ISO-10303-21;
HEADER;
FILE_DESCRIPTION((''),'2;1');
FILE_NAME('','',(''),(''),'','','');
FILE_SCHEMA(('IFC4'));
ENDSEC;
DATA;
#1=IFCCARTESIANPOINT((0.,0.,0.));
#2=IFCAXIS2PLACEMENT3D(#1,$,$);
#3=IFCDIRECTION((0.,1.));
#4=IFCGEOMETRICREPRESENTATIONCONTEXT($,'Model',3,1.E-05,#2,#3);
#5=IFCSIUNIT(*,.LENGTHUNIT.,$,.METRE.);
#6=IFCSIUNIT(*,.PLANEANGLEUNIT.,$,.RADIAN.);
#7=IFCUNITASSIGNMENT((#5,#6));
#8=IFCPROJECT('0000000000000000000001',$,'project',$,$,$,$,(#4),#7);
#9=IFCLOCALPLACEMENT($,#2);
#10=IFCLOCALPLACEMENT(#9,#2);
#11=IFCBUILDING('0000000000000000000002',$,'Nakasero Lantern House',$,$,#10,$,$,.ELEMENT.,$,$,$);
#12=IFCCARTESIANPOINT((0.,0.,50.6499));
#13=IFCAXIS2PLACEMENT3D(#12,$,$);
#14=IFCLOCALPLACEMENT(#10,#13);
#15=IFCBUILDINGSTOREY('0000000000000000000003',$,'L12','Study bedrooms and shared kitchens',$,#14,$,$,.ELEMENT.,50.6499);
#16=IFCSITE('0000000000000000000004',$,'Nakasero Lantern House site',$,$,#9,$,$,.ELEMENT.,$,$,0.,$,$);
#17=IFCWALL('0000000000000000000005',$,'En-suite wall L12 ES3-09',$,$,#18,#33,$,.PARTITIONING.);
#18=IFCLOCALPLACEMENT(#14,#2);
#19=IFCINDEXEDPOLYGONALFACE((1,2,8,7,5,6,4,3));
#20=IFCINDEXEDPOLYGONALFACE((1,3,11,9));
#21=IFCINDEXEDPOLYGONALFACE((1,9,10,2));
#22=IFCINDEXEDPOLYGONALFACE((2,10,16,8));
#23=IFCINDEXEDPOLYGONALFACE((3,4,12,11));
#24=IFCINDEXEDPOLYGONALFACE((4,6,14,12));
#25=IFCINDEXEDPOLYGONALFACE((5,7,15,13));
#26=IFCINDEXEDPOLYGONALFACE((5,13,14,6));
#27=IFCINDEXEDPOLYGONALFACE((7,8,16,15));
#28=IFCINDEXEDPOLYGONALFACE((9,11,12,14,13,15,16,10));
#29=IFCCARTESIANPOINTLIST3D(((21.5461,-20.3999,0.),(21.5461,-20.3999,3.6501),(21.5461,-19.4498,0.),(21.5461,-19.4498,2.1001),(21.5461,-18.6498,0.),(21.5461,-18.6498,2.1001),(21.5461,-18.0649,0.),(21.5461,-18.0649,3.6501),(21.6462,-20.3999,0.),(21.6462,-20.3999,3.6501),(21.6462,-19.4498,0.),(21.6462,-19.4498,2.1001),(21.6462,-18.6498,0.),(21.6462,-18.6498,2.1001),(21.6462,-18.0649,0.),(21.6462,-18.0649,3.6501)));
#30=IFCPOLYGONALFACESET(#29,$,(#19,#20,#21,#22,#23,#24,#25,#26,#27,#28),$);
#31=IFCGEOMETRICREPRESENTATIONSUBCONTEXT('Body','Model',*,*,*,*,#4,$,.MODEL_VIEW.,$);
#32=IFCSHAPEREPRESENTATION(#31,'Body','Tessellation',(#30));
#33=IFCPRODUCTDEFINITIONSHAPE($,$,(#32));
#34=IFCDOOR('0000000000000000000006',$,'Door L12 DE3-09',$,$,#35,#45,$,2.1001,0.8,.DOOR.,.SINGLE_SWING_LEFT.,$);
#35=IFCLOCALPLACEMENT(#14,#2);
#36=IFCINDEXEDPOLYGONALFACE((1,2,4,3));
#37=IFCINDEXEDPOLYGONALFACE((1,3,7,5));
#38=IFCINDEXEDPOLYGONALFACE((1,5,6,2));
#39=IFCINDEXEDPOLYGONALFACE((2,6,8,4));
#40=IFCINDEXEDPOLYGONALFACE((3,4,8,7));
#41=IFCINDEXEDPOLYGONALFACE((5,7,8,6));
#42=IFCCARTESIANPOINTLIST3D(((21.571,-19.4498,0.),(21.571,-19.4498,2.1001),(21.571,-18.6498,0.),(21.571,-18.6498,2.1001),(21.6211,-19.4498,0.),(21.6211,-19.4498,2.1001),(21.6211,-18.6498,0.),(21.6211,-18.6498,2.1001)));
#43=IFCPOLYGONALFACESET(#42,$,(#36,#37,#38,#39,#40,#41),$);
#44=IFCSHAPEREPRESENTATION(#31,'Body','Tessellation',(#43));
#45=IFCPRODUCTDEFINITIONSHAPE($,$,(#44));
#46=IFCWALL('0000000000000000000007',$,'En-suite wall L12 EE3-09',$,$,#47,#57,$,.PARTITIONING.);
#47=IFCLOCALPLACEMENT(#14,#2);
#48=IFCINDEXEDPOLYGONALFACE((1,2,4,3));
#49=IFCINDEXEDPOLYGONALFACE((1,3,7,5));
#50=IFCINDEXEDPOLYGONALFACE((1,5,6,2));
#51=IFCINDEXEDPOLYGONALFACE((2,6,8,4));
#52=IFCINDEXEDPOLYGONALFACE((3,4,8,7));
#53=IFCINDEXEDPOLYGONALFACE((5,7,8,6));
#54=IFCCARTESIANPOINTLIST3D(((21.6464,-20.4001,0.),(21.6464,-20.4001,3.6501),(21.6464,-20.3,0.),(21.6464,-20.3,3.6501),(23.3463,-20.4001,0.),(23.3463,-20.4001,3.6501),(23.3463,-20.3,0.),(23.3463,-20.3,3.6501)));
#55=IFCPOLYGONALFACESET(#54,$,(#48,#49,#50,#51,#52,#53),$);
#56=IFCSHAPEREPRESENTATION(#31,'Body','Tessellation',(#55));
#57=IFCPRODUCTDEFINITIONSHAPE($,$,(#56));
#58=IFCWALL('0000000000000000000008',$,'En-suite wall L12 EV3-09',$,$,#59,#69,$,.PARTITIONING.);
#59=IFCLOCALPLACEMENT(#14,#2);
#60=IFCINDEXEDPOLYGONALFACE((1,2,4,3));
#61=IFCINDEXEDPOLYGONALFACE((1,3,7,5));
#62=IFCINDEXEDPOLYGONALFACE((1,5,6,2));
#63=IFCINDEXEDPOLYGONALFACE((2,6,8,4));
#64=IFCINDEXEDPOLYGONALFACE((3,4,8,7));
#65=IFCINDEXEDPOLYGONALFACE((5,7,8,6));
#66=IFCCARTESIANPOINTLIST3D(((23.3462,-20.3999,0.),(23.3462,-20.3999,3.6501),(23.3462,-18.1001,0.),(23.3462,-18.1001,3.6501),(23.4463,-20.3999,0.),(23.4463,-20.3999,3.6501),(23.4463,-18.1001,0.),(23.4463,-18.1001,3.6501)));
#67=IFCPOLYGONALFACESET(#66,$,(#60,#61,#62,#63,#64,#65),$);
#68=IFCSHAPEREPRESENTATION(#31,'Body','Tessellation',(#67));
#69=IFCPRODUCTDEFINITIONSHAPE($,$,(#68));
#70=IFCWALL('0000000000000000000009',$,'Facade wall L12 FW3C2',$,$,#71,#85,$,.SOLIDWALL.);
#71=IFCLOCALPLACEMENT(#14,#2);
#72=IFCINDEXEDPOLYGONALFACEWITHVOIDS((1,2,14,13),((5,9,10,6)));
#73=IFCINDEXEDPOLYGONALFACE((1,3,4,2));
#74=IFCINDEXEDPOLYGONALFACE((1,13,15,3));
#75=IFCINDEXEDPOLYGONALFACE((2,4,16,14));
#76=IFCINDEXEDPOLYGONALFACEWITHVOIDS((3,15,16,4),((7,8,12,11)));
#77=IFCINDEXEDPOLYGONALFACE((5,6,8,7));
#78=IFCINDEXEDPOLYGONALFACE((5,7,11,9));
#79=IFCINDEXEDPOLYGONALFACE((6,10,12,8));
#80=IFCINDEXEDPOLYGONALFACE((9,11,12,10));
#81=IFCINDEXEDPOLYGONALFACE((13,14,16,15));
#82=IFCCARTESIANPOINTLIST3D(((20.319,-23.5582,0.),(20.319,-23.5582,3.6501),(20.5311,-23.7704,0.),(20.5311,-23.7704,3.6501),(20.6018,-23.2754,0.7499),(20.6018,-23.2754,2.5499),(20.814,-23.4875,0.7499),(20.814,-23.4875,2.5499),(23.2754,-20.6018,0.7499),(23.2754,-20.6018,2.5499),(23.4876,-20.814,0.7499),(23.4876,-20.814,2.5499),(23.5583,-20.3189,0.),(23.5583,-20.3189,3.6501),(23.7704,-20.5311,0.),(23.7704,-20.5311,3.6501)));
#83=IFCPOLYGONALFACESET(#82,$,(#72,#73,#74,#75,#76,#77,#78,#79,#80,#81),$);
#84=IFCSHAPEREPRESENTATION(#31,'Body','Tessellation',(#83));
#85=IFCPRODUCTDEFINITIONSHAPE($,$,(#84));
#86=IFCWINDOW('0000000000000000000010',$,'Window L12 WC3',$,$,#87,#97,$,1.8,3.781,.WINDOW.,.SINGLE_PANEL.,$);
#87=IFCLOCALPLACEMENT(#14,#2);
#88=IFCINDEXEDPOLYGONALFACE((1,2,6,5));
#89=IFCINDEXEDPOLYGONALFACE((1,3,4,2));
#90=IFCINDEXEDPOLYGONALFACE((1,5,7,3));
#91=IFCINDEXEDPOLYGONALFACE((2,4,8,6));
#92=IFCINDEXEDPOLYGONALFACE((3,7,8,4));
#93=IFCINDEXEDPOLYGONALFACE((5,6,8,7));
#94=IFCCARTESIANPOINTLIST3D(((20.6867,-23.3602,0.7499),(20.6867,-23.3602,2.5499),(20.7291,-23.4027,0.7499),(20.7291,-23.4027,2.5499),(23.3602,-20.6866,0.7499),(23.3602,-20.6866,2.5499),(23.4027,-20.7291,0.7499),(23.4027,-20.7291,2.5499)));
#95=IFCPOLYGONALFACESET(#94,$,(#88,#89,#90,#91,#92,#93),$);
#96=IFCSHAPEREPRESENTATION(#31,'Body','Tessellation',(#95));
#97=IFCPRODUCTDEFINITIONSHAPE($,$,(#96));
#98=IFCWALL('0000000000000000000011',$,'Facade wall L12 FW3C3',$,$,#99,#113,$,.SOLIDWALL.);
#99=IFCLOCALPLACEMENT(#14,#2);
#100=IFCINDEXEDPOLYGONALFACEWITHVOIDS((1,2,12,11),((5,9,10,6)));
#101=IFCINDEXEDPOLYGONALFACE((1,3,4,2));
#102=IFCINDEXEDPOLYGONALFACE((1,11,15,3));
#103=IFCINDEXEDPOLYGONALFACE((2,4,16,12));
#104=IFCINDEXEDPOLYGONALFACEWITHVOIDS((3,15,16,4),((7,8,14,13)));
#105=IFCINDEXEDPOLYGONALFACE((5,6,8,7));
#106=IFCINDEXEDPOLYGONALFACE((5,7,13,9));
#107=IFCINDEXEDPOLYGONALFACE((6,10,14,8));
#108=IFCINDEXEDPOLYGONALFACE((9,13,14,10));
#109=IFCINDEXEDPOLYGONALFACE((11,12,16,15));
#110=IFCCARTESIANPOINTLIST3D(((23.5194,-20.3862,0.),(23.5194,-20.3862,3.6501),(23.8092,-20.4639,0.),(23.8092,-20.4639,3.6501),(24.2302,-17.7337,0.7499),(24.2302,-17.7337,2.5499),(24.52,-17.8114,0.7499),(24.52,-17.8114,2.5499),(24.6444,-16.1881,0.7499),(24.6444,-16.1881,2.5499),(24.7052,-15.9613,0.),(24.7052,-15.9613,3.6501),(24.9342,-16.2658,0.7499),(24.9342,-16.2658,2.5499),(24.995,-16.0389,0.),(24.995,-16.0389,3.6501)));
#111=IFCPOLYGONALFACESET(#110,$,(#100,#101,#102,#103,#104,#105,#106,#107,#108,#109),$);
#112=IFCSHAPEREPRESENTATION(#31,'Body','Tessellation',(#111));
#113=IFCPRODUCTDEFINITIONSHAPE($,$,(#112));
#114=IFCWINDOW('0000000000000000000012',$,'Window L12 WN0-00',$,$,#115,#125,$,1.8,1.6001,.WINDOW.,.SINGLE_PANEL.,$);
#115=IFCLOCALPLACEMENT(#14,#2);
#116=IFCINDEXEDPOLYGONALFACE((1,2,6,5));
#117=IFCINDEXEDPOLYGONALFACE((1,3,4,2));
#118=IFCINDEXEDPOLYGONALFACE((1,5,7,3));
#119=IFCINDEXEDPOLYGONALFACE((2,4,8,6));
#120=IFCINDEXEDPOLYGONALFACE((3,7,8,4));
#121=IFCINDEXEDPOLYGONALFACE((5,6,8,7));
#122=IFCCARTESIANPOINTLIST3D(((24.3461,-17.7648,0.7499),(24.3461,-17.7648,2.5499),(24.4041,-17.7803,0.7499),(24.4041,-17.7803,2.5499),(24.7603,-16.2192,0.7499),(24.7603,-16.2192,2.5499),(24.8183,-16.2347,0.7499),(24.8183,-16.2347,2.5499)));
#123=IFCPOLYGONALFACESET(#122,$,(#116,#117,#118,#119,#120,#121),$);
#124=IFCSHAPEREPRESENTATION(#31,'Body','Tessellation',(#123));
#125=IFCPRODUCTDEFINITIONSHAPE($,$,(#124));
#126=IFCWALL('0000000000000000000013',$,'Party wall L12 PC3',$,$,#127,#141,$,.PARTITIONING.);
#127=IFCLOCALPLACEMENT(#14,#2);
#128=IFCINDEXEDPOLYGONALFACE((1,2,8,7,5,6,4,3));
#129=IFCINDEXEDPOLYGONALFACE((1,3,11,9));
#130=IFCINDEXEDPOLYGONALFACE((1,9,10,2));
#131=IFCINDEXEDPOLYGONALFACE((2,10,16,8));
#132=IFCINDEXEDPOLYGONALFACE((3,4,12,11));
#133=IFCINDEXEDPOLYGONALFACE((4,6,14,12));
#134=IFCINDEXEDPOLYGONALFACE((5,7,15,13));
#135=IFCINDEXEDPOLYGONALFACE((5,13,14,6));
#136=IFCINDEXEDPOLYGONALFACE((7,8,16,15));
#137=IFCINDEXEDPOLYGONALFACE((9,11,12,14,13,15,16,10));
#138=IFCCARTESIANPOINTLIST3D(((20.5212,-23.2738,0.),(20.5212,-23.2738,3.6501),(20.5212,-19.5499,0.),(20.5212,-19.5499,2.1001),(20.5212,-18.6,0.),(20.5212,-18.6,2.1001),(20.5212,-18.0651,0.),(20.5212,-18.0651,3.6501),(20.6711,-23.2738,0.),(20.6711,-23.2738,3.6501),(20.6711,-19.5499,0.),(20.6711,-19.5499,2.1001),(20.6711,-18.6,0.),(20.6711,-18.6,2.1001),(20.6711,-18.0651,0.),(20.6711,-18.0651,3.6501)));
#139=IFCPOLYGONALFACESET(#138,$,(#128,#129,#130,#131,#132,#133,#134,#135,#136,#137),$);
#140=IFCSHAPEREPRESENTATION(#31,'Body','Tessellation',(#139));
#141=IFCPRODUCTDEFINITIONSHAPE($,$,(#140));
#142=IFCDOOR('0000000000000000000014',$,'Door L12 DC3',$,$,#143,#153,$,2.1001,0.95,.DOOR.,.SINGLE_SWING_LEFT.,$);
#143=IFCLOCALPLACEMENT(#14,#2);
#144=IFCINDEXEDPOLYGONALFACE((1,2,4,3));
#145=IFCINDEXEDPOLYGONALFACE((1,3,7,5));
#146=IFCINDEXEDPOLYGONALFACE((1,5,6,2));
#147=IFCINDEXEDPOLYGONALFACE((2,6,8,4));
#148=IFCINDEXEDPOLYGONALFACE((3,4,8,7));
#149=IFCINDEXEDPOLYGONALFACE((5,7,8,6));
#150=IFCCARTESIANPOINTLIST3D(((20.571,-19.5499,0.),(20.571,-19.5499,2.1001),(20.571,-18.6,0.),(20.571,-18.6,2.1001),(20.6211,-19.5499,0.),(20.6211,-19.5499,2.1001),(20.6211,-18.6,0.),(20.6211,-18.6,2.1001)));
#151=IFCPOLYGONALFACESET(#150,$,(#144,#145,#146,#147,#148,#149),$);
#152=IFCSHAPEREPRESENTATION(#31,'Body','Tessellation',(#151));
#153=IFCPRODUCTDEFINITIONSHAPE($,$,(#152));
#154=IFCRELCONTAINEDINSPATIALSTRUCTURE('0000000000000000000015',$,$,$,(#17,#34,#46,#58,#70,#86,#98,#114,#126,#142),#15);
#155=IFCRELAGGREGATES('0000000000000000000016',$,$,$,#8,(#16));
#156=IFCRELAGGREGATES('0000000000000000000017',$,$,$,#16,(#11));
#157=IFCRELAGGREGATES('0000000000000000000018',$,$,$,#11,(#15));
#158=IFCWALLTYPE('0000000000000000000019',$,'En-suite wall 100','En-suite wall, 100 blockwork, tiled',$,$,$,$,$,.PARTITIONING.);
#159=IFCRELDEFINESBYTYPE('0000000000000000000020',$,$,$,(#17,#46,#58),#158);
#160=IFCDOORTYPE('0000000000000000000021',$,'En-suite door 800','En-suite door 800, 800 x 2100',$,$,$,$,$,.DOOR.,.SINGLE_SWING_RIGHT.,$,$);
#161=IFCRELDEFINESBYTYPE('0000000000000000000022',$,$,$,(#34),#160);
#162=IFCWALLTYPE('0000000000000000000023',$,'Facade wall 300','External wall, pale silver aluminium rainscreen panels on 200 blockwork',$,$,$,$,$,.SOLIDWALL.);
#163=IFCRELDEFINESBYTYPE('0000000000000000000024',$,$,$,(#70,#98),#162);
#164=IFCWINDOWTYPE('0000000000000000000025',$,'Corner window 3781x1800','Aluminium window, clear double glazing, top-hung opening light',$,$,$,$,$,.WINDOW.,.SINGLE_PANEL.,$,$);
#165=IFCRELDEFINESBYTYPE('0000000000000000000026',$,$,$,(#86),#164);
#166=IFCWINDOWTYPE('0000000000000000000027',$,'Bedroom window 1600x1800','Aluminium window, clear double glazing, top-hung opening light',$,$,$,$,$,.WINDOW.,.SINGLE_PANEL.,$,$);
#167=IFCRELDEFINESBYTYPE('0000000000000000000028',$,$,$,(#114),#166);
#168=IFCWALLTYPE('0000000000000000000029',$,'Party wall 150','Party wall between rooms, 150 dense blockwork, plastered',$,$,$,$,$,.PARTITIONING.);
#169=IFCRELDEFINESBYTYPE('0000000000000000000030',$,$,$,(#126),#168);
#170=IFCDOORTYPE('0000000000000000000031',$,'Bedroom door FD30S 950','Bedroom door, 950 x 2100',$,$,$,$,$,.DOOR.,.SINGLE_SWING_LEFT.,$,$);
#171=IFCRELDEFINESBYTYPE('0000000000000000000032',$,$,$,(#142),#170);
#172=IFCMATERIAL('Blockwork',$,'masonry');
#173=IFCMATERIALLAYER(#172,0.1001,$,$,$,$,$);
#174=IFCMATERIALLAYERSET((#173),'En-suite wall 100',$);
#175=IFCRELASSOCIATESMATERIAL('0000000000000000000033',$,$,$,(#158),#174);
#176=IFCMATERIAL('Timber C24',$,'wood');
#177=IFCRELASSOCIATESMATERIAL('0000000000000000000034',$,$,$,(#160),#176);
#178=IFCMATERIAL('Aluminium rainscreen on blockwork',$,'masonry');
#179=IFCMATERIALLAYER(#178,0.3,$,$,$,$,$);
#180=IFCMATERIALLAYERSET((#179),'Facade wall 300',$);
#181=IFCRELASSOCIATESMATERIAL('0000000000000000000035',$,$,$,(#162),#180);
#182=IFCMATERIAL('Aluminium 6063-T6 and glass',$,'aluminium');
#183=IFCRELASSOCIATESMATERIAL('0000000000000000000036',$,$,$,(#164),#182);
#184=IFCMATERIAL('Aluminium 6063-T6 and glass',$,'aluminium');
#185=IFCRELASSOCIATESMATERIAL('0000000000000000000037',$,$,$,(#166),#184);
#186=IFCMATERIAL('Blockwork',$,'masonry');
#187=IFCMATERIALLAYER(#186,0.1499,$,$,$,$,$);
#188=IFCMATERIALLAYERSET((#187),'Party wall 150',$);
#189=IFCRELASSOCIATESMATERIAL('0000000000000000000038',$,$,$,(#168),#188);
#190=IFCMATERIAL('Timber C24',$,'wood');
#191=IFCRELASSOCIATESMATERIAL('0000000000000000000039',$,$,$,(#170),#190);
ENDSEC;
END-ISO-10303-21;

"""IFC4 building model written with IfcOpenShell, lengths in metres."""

from ifc_helpers import new_model, si_unit, direction, frame, frame_2d, origin, place, context, subcontext, project, spatial, rectangle, extrude, material, layer, layer_set, type_object, element, fill, save


model = new_model("IFC4")

# Units and contexts
model_context = context("Model", 3, precision=1e-05, world=origin(), true_north=direction((0.0, 1.0)))
body_context = subcontext(model_context, "Body", "Model", "MODEL_VIEW")
ifc_project = project(units=[si_unit("LENGTHUNIT", "METRE"), si_unit("PLANEANGLEUNIT", "RADIAN")], contexts=[model_context])

# Site, building, storey
site_placement = place(None, origin())
site = spatial("IfcSite", under=ifc_project, at=site_placement, Name="Nakasero Lantern House site", CompositionType="ELEMENT", RefElevation=0.0)
building_placement = place(site_placement, origin())
building = spatial("IfcBuilding", under=site, at=building_placement, Name="Nakasero Lantern House", CompositionType="ELEMENT")
storey_placement = place(building_placement, frame((0.0, 0.0, 50.6499)))
storey = spatial("IfcBuildingStorey", under=building, at=storey_placement, Name="L12", Description="Study bedrooms and shared kitchens", CompositionType="ELEMENT", Elevation=50.6499)

# Wall, opening, door
ifc_material_1 = material(Name="Blockwork", Category="masonry")
ifc_layer_1 = layer(ifc_material_1, 0.1001)
ifc_layer_set_1 = layer_set([ifc_layer_1], Name="En-suite wall 100")
wall_type_1 = type_object("IfcWallType", Name="En-suite wall 100", Description="En-suite wall, 100 blockwork, tiled", PredefinedType="PARTITIONING", material=ifc_layer_set_1)
wall_1_placement = place(storey_placement, frame((21.5962, -18.0649, 0.0), z_axis=(0.0, 0.0, 1.0), x_axis=(0.0, -1.0, 0.0)))
wall_1 = element("IfcWall", 1, at=wall_1_placement, inside=storey, type_object=wall_type_1, Name="En-suite wall L12 ES3-09", PredefinedType="PARTITIONING", context=body_context, shape_type="SweptSolid", body=[
    extrude(rectangle(XDim=2.335, YDim=0.1001, at=frame_2d((1.1675, 0.0))), origin(), (0.0, 0.0, 1.0), 3.6501),
])
opening_1_placement = place(wall_1_placement, frame((0.585, 0.0, 0.0)))
opening_1 = element("IfcOpeningElement", 2, at=opening_1_placement, cuts=wall_1, PredefinedType="OPENING", context=body_context, shape_type="SweptSolid", body=[
    extrude(rectangle(XDim=0.8, YDim=2.1001, at=frame_2d((0.3999, 1.05))), frame((0.0, 0.0701, 0.0), z_axis=(0.0, -1.0, 0.0), x_axis=(1.0, 0.0, 0.0)), (0.0, 0.0, 1.0), 0.1401),
])
ifc_material_2 = material(Name="Timber C24", Category="wood")
door_type_1 = type_object("IfcDoorType", Name="En-suite door 800", Description="En-suite door 800, 800 x 2100", OperationType="SINGLE_SWING_RIGHT", PredefinedType="DOOR", material=ifc_material_2)
door_1_placement = place(opening_1_placement, origin())
door_1 = element("IfcDoor", 3, at=door_1_placement, inside=storey, type_object=door_type_1, Name="Door L12 DE3-09", OperationType="SINGLE_SWING_LEFT", OverallHeight=2.1001, OverallWidth=0.8, PredefinedType="DOOR", context=body_context, shape_type="SweptSolid", body=[
    extrude(rectangle(XDim=0.8, YDim=2.1001, at=frame_2d((0.3999, 1.05))), frame((0.0, 0.0249, 0.0), z_axis=(0.0, -1.0, 0.0), x_axis=(1.0, 0.0, 0.0)), (0.0, 0.0, 1.0), 0.05),
])
fill(opening_1, door_1)

# Walls
wall_2_placement = place(storey_placement, frame((21.6462, -20.3501, 0.0), z_axis=(0.0, 0.0, 1.0), x_axis=(1.0, 0.0, 0.0)))
element("IfcWall", 4, at=wall_2_placement, inside=storey, type_object=wall_type_1, Name="En-suite wall L12 EE3-09", PredefinedType="PARTITIONING", context=body_context, shape_type="SweptSolid", body=[
    extrude(rectangle(XDim=1.7, YDim=0.1001, at=frame_2d((0.8501, 0.0))), origin(), (0.0, 0.0, 1.0), 3.6501),
])
wall_3_placement = place(storey_placement, frame((23.3962, -18.1001, 0.0), z_axis=(0.0, 0.0, 1.0), x_axis=(0.0, -1.0, 0.0)))
element("IfcWall", 5, at=wall_3_placement, inside=storey, type_object=wall_type_1, Name="En-suite wall L12 EV3-09", PredefinedType="PARTITIONING", context=body_context, shape_type="SweptSolid", body=[
    extrude(rectangle(XDim=2.2998, YDim=0.1001, at=frame_2d((1.1499, 0.0))), origin(), (0.0, 0.0, 1.0), 3.6501),
])

# Walls, openings, windows
ifc_material_3 = material(Name="Aluminium rainscreen on blockwork", Category="masonry")
ifc_layer_2 = layer(ifc_material_3, 0.3)
ifc_layer_set_2 = layer_set([ifc_layer_2], Name="Facade wall 300")
wall_type_2 = type_object("IfcWallType", Name="Facade wall 300", Description="External wall, pale silver aluminium rainscreen panels on 200 blockwork", PredefinedType="SOLIDWALL", material=ifc_layer_set_2)
wall_4_placement = place(storey_placement, frame((20.425, -23.6643, 0.0), z_axis=(0.0, 0.0, 1.0), x_axis=(0.707107, 0.707107, 0.0)))
wall_4 = element("IfcWall", 6, at=wall_4_placement, inside=storey, type_object=wall_type_2, Name="Facade wall L12 FW3C2", PredefinedType="SOLIDWALL", context=body_context, shape_type="SweptSolid", body=[
    extrude(rectangle(XDim=4.5811, YDim=0.3, at=frame_2d((2.2905, 0.0))), origin(), (0.0, 0.0, 1.0), 3.6501),
])
opening_2_placement = place(wall_4_placement, frame((0.3999, 0.0, 0.75)))
opening_2 = element("IfcOpeningElement", 7, at=opening_2_placement, cuts=wall_4, PredefinedType="OPENING", context=body_context, shape_type="SweptSolid", body=[
    extrude(rectangle(XDim=3.781, YDim=1.8, at=frame_2d((1.8906, 0.8999))), frame((0.0, 0.1699, 0.0), z_axis=(0.0, -1.0, 0.0), x_axis=(1.0, 0.0, 0.0)), (0.0, 0.0, 1.0), 0.3401),
])
ifc_material_4 = material(Name="Aluminium 6063-T6 and glass", Category="aluminium")
window_type_1 = type_object("IfcWindowType", Name="Corner window 3781x1800", Description="Aluminium window, clear double glazing, top-hung opening light", PartitioningType="SINGLE_PANEL", PredefinedType="WINDOW", material=ifc_material_4)
window_1_placement = place(opening_2_placement, origin())
window_1 = element("IfcWindow", 8, at=window_1_placement, inside=storey, type_object=window_type_1, Name="Window L12 WC3", OverallHeight=1.8, OverallWidth=3.781, PartitioningType="SINGLE_PANEL", PredefinedType="WINDOW", context=body_context, shape_type="SweptSolid", body=[
    extrude(rectangle(XDim=3.781, YDim=1.8, at=frame_2d((1.8906, 0.8999))), frame((0.0, 0.03, 0.0), z_axis=(0.0, -1.0, 0.0), x_axis=(1.0, 0.0, 0.0)), (0.0, 0.0, 1.0), 0.0601),
])
fill(opening_2, window_1)
wall_5_placement = place(storey_placement, frame((23.6643, -20.425, 0.0), z_axis=(0.0, 0.0, 1.0), x_axis=(0.25884, 0.96592, 0.0)))
wall_5 = element("IfcWall", 9, at=wall_5_placement, inside=storey, type_object=wall_type_2, Name="Facade wall L12 FW3C3", PredefinedType="SOLIDWALL", context=body_context, shape_type="SweptSolid", body=[
    extrude(rectangle(XDim=4.5811, YDim=0.3, at=frame_2d((2.2905, 0.0))), origin(), (0.0, 0.0, 1.0), 3.6501),
])
opening_3_placement = place(wall_5_placement, frame((2.7461, 0.0, 0.75)))
opening_3 = element("IfcOpeningElement", 10, at=opening_3_placement, cuts=wall_5, PredefinedType="OPENING", context=body_context, shape_type="SweptSolid", body=[
    extrude(rectangle(XDim=1.6001, YDim=1.8, at=frame_2d((0.8, 0.8999))), frame((0.0, 0.1699, 0.0), z_axis=(0.0, -1.0, 0.0), x_axis=(1.0, 0.0, 0.0)), (0.0, 0.0, 1.0), 0.3401),
])
ifc_material_5 = material(Name="Aluminium 6063-T6 and glass", Category="aluminium")
window_type_2 = type_object("IfcWindowType", Name="Bedroom window 1600x1800", Description="Aluminium window, clear double glazing, top-hung opening light", PartitioningType="SINGLE_PANEL", PredefinedType="WINDOW", material=ifc_material_5)
window_2_placement = place(opening_3_placement, origin())
window_2 = element("IfcWindow", 11, at=window_2_placement, inside=storey, type_object=window_type_2, Name="Window L12 WN0-00", OverallHeight=1.8, OverallWidth=1.6001, PartitioningType="SINGLE_PANEL", PredefinedType="WINDOW", context=body_context, shape_type="SweptSolid", body=[
    extrude(rectangle(XDim=1.6001, YDim=1.8, at=frame_2d((0.8, 0.8999))), frame((0.0, 0.03, 0.0), z_axis=(0.0, -1.0, 0.0), x_axis=(1.0, 0.0, 0.0)), (0.0, 0.0, 1.0), 0.0601),
])
fill(opening_3, window_2)

# Wall, opening, door
ifc_material_6 = material(Name="Blockwork", Category="masonry")
ifc_layer_3 = layer(ifc_material_6, 0.1499)
ifc_layer_set_3 = layer_set([ifc_layer_3], Name="Party wall 150")
wall_type_3 = type_object("IfcWallType", Name="Party wall 150", Description="Party wall between rooms, 150 dense blockwork, plastered", PredefinedType="PARTITIONING", material=ifc_layer_set_3)
wall_6_placement = place(storey_placement, frame((20.5962, -18.0649, 0.0), z_axis=(0.0, 0.0, 1.0), x_axis=(0.0, -1.0, 0.0)))
wall_6 = element("IfcWall", 12, at=wall_6_placement, inside=storey, type_object=wall_type_3, Name="Party wall L12 PC3", PredefinedType="PARTITIONING", context=body_context, shape_type="SweptSolid", body=[
    extrude(rectangle(XDim=5.2087, YDim=0.1499, at=frame_2d((2.6045, 0.0))), origin(), (0.0, 0.0, 1.0), 3.6501),
])
opening_4_placement = place(wall_6_placement, frame((0.5349, 0.0, 0.0)))
opening_4 = element("IfcOpeningElement", 13, at=opening_4_placement, cuts=wall_6, PredefinedType="OPENING", context=body_context, shape_type="SweptSolid", body=[
    extrude(rectangle(XDim=0.95, YDim=2.1001, at=frame_2d((0.4751, 1.05))), frame((0.0, 0.095, 0.0), z_axis=(0.0, -1.0, 0.0), x_axis=(1.0, 0.0, 0.0)), (0.0, 0.0, 1.0), 0.1899),
])
ifc_material_7 = material(Name="Timber C24", Category="wood")
door_type_2 = type_object("IfcDoorType", Name="Bedroom door FD30S 950", Description="Bedroom door, 950 x 2100", OperationType="SINGLE_SWING_LEFT", PredefinedType="DOOR", material=ifc_material_7)
door_2_placement = place(opening_4_placement, origin())
door_2 = element("IfcDoor", 14, at=door_2_placement, inside=storey, type_object=door_type_2, Name="Door L12 DC3", OperationType="SINGLE_SWING_LEFT", OverallHeight=2.1001, OverallWidth=0.95, PredefinedType="DOOR", context=body_context, shape_type="SweptSolid", body=[
    extrude(rectangle(XDim=0.95, YDim=2.1001, at=frame_2d((0.4751, 1.05))), frame((0.0, 0.0249, 0.0), z_axis=(0.0, -1.0, 0.0), x_axis=(1.0, 0.0, 0.0)), (0.0, 0.0, 1.0), 0.05),
])
fill(opening_4, door_2)

save(model, "model.ifc")
